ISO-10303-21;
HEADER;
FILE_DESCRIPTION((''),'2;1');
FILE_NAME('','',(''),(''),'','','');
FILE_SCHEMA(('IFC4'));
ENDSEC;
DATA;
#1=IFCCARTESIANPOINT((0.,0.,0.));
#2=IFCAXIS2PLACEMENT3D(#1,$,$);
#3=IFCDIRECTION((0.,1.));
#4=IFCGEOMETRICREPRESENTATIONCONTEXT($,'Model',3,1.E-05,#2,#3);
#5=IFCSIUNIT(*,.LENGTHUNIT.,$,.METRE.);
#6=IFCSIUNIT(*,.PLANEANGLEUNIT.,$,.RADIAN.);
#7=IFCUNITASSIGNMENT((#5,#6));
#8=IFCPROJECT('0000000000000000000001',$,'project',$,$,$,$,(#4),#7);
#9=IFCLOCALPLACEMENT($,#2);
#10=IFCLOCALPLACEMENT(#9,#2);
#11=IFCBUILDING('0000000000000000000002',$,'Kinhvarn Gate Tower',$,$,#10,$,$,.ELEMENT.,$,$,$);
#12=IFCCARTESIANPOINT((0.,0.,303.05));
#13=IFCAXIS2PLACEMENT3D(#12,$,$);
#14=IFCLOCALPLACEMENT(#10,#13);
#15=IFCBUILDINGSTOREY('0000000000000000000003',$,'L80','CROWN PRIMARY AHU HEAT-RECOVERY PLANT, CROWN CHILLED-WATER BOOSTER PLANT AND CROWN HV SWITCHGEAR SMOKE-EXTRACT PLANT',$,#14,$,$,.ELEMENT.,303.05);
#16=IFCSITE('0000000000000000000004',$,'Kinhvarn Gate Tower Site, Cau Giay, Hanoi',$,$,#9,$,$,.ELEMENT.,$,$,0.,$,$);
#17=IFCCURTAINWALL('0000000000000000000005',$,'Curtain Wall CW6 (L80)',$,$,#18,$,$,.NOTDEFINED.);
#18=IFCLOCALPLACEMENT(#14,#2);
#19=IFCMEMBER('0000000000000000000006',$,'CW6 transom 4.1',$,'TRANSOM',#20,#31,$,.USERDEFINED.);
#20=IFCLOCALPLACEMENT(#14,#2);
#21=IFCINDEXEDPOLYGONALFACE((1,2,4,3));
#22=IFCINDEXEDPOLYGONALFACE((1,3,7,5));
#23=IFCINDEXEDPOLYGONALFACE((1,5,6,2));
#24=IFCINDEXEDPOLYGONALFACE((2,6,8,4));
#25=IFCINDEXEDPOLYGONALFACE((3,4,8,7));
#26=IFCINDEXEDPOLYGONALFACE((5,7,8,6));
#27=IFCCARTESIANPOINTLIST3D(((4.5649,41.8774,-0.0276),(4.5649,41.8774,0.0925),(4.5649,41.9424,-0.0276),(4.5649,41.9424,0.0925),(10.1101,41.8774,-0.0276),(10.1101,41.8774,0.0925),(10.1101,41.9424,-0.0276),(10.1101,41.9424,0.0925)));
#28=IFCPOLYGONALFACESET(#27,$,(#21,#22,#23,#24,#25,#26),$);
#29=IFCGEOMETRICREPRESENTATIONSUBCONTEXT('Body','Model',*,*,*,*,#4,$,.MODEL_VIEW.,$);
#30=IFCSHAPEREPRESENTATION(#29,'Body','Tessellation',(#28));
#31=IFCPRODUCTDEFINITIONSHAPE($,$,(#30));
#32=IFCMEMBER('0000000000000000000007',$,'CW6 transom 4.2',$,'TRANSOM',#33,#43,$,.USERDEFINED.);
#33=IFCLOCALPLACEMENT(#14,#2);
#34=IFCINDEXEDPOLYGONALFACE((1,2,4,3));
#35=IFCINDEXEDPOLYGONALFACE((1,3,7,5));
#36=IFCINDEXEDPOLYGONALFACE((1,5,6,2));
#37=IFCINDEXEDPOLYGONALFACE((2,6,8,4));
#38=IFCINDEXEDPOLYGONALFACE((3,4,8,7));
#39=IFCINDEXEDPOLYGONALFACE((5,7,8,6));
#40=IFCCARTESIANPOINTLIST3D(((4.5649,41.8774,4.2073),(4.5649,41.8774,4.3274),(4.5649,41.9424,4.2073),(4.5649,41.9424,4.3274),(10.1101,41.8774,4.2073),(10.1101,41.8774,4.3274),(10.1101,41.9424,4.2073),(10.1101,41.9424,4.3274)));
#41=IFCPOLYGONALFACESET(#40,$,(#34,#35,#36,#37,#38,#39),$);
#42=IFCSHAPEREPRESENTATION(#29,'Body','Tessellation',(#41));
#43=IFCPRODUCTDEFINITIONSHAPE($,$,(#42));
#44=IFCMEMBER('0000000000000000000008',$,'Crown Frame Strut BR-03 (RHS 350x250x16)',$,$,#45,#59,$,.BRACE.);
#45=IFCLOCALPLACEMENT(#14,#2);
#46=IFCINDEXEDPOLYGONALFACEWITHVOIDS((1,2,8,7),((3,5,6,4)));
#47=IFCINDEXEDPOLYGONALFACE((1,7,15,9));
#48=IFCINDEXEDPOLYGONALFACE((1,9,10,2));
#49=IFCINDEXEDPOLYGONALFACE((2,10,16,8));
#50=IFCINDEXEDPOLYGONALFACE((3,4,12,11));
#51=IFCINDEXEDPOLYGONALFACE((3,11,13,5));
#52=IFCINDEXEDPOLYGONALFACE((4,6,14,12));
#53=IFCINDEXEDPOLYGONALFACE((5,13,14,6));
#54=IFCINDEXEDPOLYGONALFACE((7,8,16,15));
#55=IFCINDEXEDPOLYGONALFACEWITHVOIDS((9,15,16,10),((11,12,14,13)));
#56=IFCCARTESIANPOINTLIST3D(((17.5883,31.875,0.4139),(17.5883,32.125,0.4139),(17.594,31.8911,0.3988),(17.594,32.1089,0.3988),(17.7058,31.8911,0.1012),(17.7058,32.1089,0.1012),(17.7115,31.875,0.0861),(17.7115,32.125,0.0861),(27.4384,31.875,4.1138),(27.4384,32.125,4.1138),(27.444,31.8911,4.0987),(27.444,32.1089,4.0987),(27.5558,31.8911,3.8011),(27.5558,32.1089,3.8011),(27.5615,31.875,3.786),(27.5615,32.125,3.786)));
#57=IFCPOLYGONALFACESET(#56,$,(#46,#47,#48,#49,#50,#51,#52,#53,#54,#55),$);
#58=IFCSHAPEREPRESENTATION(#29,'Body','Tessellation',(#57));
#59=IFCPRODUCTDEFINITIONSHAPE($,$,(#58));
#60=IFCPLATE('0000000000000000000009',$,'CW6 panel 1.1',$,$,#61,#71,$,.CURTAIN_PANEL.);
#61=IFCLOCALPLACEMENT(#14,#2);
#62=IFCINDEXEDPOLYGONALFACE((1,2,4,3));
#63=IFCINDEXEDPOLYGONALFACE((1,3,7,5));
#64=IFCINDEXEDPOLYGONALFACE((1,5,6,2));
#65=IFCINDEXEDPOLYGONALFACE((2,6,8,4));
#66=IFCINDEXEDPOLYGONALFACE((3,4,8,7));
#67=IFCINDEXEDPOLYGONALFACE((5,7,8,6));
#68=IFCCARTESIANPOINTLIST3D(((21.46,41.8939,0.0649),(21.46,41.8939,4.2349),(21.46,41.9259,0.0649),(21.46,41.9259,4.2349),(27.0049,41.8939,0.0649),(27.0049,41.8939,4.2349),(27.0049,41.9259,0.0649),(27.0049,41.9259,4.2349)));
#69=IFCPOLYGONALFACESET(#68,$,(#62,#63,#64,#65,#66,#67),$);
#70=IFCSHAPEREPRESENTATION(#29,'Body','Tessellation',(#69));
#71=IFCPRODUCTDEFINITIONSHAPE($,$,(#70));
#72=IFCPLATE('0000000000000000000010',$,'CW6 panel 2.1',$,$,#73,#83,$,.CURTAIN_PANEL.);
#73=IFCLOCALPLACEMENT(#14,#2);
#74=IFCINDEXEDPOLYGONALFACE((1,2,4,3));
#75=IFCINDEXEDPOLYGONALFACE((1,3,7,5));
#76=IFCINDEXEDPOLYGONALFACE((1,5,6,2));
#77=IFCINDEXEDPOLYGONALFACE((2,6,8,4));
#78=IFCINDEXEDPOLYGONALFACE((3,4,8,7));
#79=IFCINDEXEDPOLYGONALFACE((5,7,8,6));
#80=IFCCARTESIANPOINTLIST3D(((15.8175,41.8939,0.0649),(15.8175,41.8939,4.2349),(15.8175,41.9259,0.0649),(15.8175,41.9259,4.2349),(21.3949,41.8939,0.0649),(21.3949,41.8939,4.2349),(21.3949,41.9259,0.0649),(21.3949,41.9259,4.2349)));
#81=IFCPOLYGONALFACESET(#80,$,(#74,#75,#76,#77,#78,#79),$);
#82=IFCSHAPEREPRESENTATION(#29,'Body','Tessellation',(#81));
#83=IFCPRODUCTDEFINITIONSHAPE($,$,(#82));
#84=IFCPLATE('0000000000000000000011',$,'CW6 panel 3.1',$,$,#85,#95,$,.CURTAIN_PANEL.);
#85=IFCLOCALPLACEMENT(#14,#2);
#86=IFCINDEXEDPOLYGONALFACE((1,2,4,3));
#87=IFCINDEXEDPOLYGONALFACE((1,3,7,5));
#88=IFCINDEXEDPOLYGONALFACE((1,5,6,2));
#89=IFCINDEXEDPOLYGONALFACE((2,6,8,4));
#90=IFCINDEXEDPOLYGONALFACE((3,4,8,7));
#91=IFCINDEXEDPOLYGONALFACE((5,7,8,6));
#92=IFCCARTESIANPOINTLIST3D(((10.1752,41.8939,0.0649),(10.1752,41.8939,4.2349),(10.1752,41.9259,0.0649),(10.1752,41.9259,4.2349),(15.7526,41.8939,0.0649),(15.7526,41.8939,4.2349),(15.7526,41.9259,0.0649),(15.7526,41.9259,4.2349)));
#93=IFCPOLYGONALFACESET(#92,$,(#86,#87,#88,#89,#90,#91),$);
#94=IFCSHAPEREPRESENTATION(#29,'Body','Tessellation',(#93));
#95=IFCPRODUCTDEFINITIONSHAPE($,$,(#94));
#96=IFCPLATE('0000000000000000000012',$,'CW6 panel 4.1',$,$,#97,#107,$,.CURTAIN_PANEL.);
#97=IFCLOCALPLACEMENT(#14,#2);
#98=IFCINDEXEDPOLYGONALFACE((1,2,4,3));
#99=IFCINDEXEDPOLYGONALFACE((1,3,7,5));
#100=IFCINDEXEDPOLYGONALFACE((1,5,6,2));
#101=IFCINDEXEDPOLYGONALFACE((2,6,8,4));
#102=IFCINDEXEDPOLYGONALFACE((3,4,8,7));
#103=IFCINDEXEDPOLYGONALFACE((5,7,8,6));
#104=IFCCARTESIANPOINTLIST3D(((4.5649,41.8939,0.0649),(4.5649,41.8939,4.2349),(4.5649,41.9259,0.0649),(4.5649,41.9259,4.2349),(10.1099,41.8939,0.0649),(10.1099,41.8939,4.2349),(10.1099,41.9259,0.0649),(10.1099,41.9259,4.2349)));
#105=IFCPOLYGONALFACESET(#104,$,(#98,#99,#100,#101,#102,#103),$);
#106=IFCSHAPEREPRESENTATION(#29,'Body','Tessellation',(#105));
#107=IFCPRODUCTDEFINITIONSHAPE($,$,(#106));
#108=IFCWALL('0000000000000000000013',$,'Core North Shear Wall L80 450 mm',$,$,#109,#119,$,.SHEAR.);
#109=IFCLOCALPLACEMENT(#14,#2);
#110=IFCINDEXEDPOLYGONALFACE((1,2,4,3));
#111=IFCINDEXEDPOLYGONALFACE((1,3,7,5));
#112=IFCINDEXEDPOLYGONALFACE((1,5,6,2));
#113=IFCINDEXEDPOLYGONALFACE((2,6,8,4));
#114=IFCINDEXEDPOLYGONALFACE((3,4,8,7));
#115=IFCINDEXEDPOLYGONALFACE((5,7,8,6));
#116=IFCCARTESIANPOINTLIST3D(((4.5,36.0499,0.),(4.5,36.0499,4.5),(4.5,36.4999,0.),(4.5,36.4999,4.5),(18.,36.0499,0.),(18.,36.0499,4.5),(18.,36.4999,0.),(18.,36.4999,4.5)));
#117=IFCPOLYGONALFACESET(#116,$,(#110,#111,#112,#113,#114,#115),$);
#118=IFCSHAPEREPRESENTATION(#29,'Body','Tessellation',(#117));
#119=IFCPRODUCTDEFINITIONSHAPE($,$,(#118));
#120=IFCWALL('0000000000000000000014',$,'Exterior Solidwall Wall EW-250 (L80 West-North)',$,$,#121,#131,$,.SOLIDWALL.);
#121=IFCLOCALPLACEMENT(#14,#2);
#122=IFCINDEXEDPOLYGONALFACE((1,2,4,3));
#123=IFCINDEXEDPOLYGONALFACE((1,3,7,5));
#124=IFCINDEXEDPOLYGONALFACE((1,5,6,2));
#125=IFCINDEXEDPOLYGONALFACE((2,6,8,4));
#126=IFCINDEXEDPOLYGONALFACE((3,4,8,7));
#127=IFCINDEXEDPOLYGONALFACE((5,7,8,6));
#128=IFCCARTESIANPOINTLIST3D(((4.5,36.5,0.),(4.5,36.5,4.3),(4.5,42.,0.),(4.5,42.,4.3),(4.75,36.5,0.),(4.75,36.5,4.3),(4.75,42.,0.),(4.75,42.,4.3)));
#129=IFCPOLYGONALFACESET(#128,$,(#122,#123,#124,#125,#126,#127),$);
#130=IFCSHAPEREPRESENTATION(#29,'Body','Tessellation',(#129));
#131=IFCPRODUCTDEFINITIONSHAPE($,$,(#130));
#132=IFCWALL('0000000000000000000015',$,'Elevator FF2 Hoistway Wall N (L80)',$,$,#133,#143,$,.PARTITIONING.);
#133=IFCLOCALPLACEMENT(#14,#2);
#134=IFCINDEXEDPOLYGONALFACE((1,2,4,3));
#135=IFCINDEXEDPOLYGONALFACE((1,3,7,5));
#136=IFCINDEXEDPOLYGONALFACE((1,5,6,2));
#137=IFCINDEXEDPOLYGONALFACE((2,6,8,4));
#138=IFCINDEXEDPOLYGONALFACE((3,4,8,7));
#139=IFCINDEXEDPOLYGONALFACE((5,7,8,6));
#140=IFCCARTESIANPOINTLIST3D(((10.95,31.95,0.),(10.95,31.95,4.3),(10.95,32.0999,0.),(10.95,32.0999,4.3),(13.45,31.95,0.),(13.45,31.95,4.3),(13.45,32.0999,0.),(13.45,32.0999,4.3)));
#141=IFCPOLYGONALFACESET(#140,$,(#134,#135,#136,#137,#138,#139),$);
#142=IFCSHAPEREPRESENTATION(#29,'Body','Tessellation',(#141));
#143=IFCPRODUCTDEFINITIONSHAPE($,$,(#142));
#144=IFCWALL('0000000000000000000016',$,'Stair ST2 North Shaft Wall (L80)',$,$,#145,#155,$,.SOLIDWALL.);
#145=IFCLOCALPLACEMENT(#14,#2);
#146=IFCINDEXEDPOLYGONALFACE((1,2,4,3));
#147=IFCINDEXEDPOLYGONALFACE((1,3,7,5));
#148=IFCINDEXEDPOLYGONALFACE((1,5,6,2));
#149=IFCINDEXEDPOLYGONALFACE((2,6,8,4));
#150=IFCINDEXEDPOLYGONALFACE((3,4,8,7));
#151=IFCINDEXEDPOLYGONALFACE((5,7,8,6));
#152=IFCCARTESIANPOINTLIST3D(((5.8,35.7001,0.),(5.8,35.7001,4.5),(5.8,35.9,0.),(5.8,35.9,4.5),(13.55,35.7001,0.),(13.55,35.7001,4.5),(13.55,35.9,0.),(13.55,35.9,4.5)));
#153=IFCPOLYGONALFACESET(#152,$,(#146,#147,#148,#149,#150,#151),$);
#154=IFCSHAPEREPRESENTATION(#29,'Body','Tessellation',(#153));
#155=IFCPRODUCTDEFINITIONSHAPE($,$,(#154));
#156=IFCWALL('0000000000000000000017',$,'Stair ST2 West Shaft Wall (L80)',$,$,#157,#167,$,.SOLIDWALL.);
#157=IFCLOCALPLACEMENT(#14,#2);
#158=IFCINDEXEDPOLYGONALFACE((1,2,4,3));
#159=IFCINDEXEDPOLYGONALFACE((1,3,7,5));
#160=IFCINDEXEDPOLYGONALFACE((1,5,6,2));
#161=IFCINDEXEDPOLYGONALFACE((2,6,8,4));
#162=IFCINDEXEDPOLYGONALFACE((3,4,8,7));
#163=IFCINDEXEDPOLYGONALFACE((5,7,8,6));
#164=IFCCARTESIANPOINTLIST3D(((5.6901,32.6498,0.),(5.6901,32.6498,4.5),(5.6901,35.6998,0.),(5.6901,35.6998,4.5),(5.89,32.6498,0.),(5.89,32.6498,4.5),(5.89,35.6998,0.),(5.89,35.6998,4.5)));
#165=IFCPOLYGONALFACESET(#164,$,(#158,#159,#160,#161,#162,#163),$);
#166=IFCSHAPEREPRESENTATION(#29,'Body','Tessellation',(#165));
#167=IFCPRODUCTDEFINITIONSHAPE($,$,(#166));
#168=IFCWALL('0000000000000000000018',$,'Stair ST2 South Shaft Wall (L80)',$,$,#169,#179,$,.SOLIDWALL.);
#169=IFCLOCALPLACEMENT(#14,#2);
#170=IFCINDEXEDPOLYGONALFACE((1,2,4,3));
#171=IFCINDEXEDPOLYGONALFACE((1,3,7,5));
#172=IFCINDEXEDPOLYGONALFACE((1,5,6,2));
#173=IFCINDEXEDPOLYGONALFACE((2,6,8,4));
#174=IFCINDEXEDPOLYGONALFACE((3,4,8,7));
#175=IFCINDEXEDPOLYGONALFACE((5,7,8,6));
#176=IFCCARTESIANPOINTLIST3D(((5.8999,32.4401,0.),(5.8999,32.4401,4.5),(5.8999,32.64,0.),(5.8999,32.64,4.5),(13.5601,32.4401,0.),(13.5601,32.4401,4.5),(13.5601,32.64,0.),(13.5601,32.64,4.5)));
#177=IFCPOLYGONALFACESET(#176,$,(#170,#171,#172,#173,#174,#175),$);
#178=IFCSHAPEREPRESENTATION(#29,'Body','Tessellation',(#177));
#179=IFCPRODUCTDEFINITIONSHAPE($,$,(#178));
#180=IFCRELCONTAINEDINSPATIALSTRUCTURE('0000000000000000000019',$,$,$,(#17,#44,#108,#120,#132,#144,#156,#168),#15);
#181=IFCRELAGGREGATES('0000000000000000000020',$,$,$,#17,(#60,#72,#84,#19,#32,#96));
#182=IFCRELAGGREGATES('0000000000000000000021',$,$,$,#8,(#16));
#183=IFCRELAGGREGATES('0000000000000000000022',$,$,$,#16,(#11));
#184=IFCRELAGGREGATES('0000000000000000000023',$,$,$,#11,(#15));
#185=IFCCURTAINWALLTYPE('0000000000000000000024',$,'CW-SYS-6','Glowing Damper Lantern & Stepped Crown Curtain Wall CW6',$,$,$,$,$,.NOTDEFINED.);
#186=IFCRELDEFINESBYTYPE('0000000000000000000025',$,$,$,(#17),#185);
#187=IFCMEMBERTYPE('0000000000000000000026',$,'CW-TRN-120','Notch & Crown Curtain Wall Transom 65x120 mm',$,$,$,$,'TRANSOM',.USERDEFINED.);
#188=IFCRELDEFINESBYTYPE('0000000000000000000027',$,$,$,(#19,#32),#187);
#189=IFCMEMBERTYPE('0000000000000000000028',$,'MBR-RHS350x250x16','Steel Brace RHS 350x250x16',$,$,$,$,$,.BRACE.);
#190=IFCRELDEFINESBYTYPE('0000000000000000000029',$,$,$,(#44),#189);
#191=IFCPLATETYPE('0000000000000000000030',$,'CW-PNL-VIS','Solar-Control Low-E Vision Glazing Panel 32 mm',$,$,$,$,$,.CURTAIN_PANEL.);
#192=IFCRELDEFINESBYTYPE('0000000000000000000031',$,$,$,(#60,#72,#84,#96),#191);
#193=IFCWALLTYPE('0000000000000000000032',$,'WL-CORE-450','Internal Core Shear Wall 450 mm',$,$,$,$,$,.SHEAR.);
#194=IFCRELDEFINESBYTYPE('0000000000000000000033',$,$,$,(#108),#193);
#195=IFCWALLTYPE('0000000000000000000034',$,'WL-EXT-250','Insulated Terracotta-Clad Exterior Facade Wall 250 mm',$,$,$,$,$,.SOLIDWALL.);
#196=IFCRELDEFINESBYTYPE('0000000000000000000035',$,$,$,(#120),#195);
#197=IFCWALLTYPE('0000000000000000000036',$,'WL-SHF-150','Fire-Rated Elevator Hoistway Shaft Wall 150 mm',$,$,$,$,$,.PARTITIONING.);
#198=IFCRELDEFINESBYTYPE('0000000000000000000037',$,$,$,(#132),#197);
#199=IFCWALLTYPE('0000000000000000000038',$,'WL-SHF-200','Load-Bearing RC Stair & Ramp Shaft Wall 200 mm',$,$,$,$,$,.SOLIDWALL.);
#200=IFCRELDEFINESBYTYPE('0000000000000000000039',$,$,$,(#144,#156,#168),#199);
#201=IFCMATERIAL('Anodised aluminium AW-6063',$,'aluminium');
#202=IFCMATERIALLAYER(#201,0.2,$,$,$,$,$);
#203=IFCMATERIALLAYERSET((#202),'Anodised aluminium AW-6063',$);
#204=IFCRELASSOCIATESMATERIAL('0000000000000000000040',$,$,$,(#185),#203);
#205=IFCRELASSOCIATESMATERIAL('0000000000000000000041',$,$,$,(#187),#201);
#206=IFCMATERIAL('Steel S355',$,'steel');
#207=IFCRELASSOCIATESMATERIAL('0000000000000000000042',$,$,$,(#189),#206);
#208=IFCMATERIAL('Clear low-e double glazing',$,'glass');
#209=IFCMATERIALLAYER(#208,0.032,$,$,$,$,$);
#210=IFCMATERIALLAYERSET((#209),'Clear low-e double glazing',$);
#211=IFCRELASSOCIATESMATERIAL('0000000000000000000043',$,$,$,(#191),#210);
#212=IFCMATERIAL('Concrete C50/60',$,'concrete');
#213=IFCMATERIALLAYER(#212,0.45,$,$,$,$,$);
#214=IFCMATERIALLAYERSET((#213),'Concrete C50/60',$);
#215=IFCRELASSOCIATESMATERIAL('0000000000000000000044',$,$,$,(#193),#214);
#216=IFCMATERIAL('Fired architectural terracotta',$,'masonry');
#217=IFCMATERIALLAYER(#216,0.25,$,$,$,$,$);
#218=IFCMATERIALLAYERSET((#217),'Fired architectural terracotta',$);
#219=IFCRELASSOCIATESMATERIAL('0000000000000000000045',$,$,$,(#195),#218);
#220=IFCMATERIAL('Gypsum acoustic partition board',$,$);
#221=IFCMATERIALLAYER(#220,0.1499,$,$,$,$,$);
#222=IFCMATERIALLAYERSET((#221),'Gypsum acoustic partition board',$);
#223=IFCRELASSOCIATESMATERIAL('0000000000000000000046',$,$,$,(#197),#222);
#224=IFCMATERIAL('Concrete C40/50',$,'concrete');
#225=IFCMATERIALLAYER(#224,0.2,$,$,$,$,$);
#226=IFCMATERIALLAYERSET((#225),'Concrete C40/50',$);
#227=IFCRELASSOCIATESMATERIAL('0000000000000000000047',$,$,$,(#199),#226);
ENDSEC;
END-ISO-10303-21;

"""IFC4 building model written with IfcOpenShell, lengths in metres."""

from ifc_helpers import new_model, si_unit, direction, frame, frame_2d, origin, origin_2d, place, context, subcontext, project, spatial, rectangle, hollow_rectangle, extrude, material, layer, layer_set, material_profile, profile_set, type_object, element, aggregate, save


model = new_model("IFC4")

# Units and contexts
model_context = context("Model", 3, precision=1e-05, world=origin(), true_north=direction((0.0, 1.0)))
body_context = subcontext(model_context, "Body", "Model", "MODEL_VIEW")
ifc_project = project(units=[si_unit("LENGTHUNIT", "METRE"), si_unit("PLANEANGLEUNIT", "RADIAN")], contexts=[model_context])

# Site, building, storey
site_placement = place(None, origin())
site = spatial("IfcSite", under=ifc_project, at=site_placement, Name="Kinhvarn Gate Tower Site, Cau Giay, Hanoi", CompositionType="ELEMENT", RefElevation=0.0)
building_placement = place(site_placement, origin())
building = spatial("IfcBuilding", under=site, at=building_placement, Name="Kinhvarn Gate Tower", CompositionType="ELEMENT")
storey_placement = place(building_placement, frame((0.0, 0.0, 303.05)))
storey = spatial("IfcBuildingStorey", under=building, at=storey_placement, Name="L80", Description="CROWN PRIMARY AHU HEAT-RECOVERY PLANT, CROWN CHILLED-WATER BOOSTER PLANT AND CROWN HV SWITCHGEAR SMOKE-EXTRACT PLANT", CompositionType="ELEMENT", Elevation=303.05)

# Shared definitions
ifc_material_1 = material(Name="Concrete C50/60", Category="concrete")

# Shared definitions
ifc_material_2 = material(Name="Steel S355", Category="steel")

# Curtain wall, members
ifc_material_3 = material(Name="Anodised aluminium AW-6063", Category="aluminium")
ifc_layer_1 = layer(ifc_material_3, 0.2)
ifc_layer_set_1 = layer_set([ifc_layer_1], Name="Anodised aluminium AW-6063")
curtain_wall_type = type_object("IfcCurtainWallType", Name="CW-SYS-6", Description="Glowing Damper Lantern & Stepped Crown Curtain Wall CW6", PredefinedType="NOTDEFINED", material=ifc_layer_set_1)
curtain_wall_placement = place(storey_placement, origin())
curtain_wall = element("IfcCurtainWall", 1, at=curtain_wall_placement, inside=storey, type_object=curtain_wall_type, Name="Curtain Wall CW6 (L80)", PredefinedType="NOTDEFINED")
ifc_material_profile_1 = material_profile(ifc_material_3, rectangle(XDim=0.0649, YDim=0.1201, at=origin_2d()), Name="ALU 65x120")
ifc_profile_set_1 = profile_set([ifc_material_profile_1], Name="Anodised aluminium AW-6063")
member_type_1 = type_object("IfcMemberType", Name="CW-TRN-120", Description="Notch & Crown Curtain Wall Transom 65x120 mm", ElementType="TRANSOM", PredefinedType="USERDEFINED", material=ifc_profile_set_1)
member_1_placement = place(storey_placement, frame((10.1101, 41.9099, 0.0325), z_axis=(-1.0, 0.0, 0.0), x_axis=(0.0, -1.0, 0.0)))
member_1 = element("IfcMember", 2, at=member_1_placement, type_object=member_type_1, Name="CW6 transom 4.1", ObjectType="TRANSOM", PredefinedType="USERDEFINED", context=body_context, shape_type="SweptSolid", body=[
    extrude(rectangle(XDim=0.0649, YDim=0.1201, at=origin_2d()), origin(), (0.0, 0.0, 1.0), 5.5452),
])
member_2_placement = place(storey_placement, frame((10.1101, 41.9099, 4.2673), z_axis=(-1.0, 0.0, 0.0), x_axis=(0.0, -1.0, 0.0)))
member_2 = element("IfcMember", 3, at=member_2_placement, type_object=member_type_1, Name="CW6 transom 4.2", ObjectType="TRANSOM", PredefinedType="USERDEFINED", context=body_context, shape_type="SweptSolid", body=[
    extrude(rectangle(XDim=0.0649, YDim=0.1201, at=origin_2d()), origin(), (0.0, 0.0, 1.0), 5.5452),
])

# Member
ifc_material_profile_2 = material_profile(ifc_material_2, hollow_rectangle(XDim=0.25, YDim=0.3501, WallThickness=0.0161, at=origin_2d()), Name="RHS 350x250x16")
ifc_profile_set_2 = profile_set([ifc_material_profile_2], Name="Steel S355")
member_type_2 = type_object("IfcMemberType", Name="MBR-RHS350x250x16", Description="Steel Brace RHS 350x250x16", PredefinedType="BRACE", material=ifc_profile_set_2)
member_3_placement = place(storey_placement, frame((17.6499, 32.0, 0.25), z_axis=(0.936136, 0.0, 0.351637), x_axis=(0.0, 1.0, 0.0)))
element("IfcMember", 4, at=member_3_placement, inside=storey, type_object=member_type_2, Name="Crown Frame Strut BR-03 (RHS 350x250x16)", PredefinedType="BRACE", context=body_context, shape_type="SweptSolid", body=[
    extrude(hollow_rectangle(XDim=0.25, YDim=0.3501, WallThickness=0.0161, at=origin_2d()), origin(), (0.0, 0.0, 1.0), 10.522),
])

# Plates
ifc_material_4 = material(Name="Clear low-e double glazing", Category="glass")
ifc_layer_2 = layer(ifc_material_4, 0.032)
ifc_layer_set_2 = layer_set([ifc_layer_2], Name="Clear low-e double glazing")
plate_type = type_object("IfcPlateType", Name="CW-PNL-VIS", Description="Solar-Control Low-E Vision Glazing Panel 32 mm", PredefinedType="CURTAIN_PANEL", material=ifc_layer_set_2)
plate_1_placement = place(storey_placement, frame((24.2324, 41.9099, 0.0649), z_axis=(0.0, 0.0, 1.0), x_axis=(-1.0, 0.0, 0.0)))
plate_1 = element("IfcPlate", 5, at=plate_1_placement, type_object=plate_type, Name="CW6 panel 1.1", PredefinedType="CURTAIN_PANEL", context=body_context, shape_type="SweptSolid", body=[
    extrude(rectangle(XDim=5.5449, YDim=0.032, at=origin_2d()), origin(), (0.0, 0.0, 1.0), 4.1699),
])
plate_2_placement = place(storey_placement, frame((18.6062, 41.9099, 0.0649), z_axis=(0.0, 0.0, 1.0), x_axis=(-1.0, 0.0, 0.0)))
plate_2 = element("IfcPlate", 6, at=plate_2_placement, type_object=plate_type, Name="CW6 panel 2.1", PredefinedType="CURTAIN_PANEL", context=body_context, shape_type="SweptSolid", body=[
    extrude(rectangle(XDim=5.5774, YDim=0.032, at=origin_2d()), origin(), (0.0, 0.0, 1.0), 4.1699),
])
plate_3_placement = place(storey_placement, frame((12.9639, 41.9099, 0.0649), z_axis=(0.0, 0.0, 1.0), x_axis=(-1.0, 0.0, 0.0)))
plate_3 = element("IfcPlate", 7, at=plate_3_placement, type_object=plate_type, Name="CW6 panel 3.1", PredefinedType="CURTAIN_PANEL", context=body_context, shape_type="SweptSolid", body=[
    extrude(rectangle(XDim=5.5774, YDim=0.032, at=origin_2d()), origin(), (0.0, 0.0, 1.0), 4.1699),
])
plate_4_placement = place(storey_placement, frame((7.3374, 41.9099, 0.0649), z_axis=(0.0, 0.0, 1.0), x_axis=(-1.0, 0.0, 0.0)))
plate_4 = element("IfcPlate", 8, at=plate_4_placement, type_object=plate_type, Name="CW6 panel 4.1", PredefinedType="CURTAIN_PANEL", context=body_context, shape_type="SweptSolid", body=[
    extrude(rectangle(XDim=5.5449, YDim=0.032, at=origin_2d()), origin(), (0.0, 0.0, 1.0), 4.1699),
])
aggregate(curtain_wall, [plate_1, plate_2, plate_3, member_1, member_2, plate_4])

# Walls
ifc_layer_3 = layer(ifc_material_1, 0.45)
ifc_layer_set_3 = layer_set([ifc_layer_3], Name="Concrete C50/60")
wall_type_1 = type_object("IfcWallType", Name="WL-CORE-450", Description="Internal Core Shear Wall 450 mm", PredefinedType="SHEAR", material=ifc_layer_set_3)
wall_1_placement = place(storey_placement, frame((4.5, 36.2749, 0.0), z_axis=(0.0, 0.0, 1.0), x_axis=(1.0, 0.0, 0.0)))
element("IfcWall", 9, at=wall_1_placement, inside=storey, type_object=wall_type_1, Name="Core North Shear Wall L80 450 mm", PredefinedType="SHEAR", context=body_context, shape_type="SweptSolid", body=[
    extrude(rectangle(XDim=13.5, YDim=0.45, at=frame_2d((6.75, 0.0))), origin(), (0.0, 0.0, 1.0), 4.5),
])
ifc_material_5 = material(Name="Fired architectural terracotta", Category="masonry")
ifc_layer_4 = layer(ifc_material_5, 0.25)
ifc_layer_set_4 = layer_set([ifc_layer_4], Name="Fired architectural terracotta")
wall_type_2 = type_object("IfcWallType", Name="WL-EXT-250", Description="Insulated Terracotta-Clad Exterior Facade Wall 250 mm", PredefinedType="SOLIDWALL", material=ifc_layer_set_4)
wall_2_placement = place(storey_placement, frame((4.625, 42.0, 0.0), z_axis=(0.0, 0.0, 1.0), x_axis=(0.0, -1.0, 0.0)))
element("IfcWall", 10, at=wall_2_placement, inside=storey, type_object=wall_type_2, Name="Exterior Solidwall Wall EW-250 (L80 West-North)", PredefinedType="SOLIDWALL", context=body_context, shape_type="SweptSolid", body=[
    extrude(rectangle(XDim=5.5, YDim=0.25, at=frame_2d((2.75, 0.0))), origin(), (0.0, 0.0, 1.0), 4.3),
])
ifc_material_6 = material(Name="Gypsum acoustic partition board")
ifc_layer_5 = layer(ifc_material_6, 0.1499)
ifc_layer_set_5 = layer_set([ifc_layer_5], Name="Gypsum acoustic partition board")
wall_type_3 = type_object("IfcWallType", Name="WL-SHF-150", Description="Fire-Rated Elevator Hoistway Shaft Wall 150 mm", PredefinedType="PARTITIONING", material=ifc_layer_set_5)
wall_3_placement = place(storey_placement, frame((10.95, 32.0249, 0.0), z_axis=(0.0, 0.0, 1.0), x_axis=(1.0, 0.0, 0.0)))
element("IfcWall", 11, at=wall_3_placement, inside=storey, type_object=wall_type_3, Name="Elevator FF2 Hoistway Wall N (L80)", PredefinedType="PARTITIONING", context=body_context, shape_type="SweptSolid", body=[
    extrude(rectangle(XDim=2.5, YDim=0.1499, at=frame_2d((1.25, 0.0))), origin(), (0.0, 0.0, 1.0), 4.3),
])
ifc_material_7 = material(Name="Concrete C40/50", Category="concrete")
ifc_layer_6 = layer(ifc_material_7, 0.2)
ifc_layer_set_6 = layer_set([ifc_layer_6], Name="Concrete C40/50")
wall_type_4 = type_object("IfcWallType", Name="WL-SHF-200", Description="Load-Bearing RC Stair & Ramp Shaft Wall 200 mm", PredefinedType="SOLIDWALL", material=ifc_layer_set_6)
wall_4_placement = place(storey_placement, frame((5.8, 35.8, 0.0), z_axis=(0.0, 0.0, 1.0), x_axis=(1.0, 0.0, 0.0)))
element("IfcWall", 12, at=wall_4_placement, inside=storey, type_object=wall_type_4, Name="Stair ST2 North Shaft Wall (L80)", PredefinedType="SOLIDWALL", context=body_context, shape_type="SweptSolid", body=[
    extrude(rectangle(XDim=7.75, YDim=0.2, at=frame_2d((3.875, 0.0))), origin(), (0.0, 0.0, 1.0), 4.5),
])
wall_5_placement = place(storey_placement, frame((5.79, 32.6499, 0.0), z_axis=(0.0, 0.0, 1.0), x_axis=(0.0, 1.0, 0.0)))
element("IfcWall", 13, at=wall_5_placement, inside=storey, type_object=wall_type_4, Name="Stair ST2 West Shaft Wall (L80)", PredefinedType="SOLIDWALL", context=body_context, shape_type="SweptSolid", body=[
    extrude(rectangle(XDim=3.05, YDim=0.2, at=frame_2d((1.5249, 0.0))), origin(), (0.0, 0.0, 1.0), 4.5),
])
wall_6_placement = place(storey_placement, frame((5.8999, 32.54, 0.0), z_axis=(0.0, 0.0, 1.0), x_axis=(1.0, 0.0, 0.0)))
element("IfcWall", 14, at=wall_6_placement, inside=storey, type_object=wall_type_4, Name="Stair ST2 South Shaft Wall (L80)", PredefinedType="SOLIDWALL", context=body_context, shape_type="SweptSolid", body=[
    extrude(rectangle(XDim=7.6602, YDim=0.2, at=frame_2d((3.8301, 0.0))), origin(), (0.0, 0.0, 1.0), 4.5),
])

save(model, "model.ifc")
